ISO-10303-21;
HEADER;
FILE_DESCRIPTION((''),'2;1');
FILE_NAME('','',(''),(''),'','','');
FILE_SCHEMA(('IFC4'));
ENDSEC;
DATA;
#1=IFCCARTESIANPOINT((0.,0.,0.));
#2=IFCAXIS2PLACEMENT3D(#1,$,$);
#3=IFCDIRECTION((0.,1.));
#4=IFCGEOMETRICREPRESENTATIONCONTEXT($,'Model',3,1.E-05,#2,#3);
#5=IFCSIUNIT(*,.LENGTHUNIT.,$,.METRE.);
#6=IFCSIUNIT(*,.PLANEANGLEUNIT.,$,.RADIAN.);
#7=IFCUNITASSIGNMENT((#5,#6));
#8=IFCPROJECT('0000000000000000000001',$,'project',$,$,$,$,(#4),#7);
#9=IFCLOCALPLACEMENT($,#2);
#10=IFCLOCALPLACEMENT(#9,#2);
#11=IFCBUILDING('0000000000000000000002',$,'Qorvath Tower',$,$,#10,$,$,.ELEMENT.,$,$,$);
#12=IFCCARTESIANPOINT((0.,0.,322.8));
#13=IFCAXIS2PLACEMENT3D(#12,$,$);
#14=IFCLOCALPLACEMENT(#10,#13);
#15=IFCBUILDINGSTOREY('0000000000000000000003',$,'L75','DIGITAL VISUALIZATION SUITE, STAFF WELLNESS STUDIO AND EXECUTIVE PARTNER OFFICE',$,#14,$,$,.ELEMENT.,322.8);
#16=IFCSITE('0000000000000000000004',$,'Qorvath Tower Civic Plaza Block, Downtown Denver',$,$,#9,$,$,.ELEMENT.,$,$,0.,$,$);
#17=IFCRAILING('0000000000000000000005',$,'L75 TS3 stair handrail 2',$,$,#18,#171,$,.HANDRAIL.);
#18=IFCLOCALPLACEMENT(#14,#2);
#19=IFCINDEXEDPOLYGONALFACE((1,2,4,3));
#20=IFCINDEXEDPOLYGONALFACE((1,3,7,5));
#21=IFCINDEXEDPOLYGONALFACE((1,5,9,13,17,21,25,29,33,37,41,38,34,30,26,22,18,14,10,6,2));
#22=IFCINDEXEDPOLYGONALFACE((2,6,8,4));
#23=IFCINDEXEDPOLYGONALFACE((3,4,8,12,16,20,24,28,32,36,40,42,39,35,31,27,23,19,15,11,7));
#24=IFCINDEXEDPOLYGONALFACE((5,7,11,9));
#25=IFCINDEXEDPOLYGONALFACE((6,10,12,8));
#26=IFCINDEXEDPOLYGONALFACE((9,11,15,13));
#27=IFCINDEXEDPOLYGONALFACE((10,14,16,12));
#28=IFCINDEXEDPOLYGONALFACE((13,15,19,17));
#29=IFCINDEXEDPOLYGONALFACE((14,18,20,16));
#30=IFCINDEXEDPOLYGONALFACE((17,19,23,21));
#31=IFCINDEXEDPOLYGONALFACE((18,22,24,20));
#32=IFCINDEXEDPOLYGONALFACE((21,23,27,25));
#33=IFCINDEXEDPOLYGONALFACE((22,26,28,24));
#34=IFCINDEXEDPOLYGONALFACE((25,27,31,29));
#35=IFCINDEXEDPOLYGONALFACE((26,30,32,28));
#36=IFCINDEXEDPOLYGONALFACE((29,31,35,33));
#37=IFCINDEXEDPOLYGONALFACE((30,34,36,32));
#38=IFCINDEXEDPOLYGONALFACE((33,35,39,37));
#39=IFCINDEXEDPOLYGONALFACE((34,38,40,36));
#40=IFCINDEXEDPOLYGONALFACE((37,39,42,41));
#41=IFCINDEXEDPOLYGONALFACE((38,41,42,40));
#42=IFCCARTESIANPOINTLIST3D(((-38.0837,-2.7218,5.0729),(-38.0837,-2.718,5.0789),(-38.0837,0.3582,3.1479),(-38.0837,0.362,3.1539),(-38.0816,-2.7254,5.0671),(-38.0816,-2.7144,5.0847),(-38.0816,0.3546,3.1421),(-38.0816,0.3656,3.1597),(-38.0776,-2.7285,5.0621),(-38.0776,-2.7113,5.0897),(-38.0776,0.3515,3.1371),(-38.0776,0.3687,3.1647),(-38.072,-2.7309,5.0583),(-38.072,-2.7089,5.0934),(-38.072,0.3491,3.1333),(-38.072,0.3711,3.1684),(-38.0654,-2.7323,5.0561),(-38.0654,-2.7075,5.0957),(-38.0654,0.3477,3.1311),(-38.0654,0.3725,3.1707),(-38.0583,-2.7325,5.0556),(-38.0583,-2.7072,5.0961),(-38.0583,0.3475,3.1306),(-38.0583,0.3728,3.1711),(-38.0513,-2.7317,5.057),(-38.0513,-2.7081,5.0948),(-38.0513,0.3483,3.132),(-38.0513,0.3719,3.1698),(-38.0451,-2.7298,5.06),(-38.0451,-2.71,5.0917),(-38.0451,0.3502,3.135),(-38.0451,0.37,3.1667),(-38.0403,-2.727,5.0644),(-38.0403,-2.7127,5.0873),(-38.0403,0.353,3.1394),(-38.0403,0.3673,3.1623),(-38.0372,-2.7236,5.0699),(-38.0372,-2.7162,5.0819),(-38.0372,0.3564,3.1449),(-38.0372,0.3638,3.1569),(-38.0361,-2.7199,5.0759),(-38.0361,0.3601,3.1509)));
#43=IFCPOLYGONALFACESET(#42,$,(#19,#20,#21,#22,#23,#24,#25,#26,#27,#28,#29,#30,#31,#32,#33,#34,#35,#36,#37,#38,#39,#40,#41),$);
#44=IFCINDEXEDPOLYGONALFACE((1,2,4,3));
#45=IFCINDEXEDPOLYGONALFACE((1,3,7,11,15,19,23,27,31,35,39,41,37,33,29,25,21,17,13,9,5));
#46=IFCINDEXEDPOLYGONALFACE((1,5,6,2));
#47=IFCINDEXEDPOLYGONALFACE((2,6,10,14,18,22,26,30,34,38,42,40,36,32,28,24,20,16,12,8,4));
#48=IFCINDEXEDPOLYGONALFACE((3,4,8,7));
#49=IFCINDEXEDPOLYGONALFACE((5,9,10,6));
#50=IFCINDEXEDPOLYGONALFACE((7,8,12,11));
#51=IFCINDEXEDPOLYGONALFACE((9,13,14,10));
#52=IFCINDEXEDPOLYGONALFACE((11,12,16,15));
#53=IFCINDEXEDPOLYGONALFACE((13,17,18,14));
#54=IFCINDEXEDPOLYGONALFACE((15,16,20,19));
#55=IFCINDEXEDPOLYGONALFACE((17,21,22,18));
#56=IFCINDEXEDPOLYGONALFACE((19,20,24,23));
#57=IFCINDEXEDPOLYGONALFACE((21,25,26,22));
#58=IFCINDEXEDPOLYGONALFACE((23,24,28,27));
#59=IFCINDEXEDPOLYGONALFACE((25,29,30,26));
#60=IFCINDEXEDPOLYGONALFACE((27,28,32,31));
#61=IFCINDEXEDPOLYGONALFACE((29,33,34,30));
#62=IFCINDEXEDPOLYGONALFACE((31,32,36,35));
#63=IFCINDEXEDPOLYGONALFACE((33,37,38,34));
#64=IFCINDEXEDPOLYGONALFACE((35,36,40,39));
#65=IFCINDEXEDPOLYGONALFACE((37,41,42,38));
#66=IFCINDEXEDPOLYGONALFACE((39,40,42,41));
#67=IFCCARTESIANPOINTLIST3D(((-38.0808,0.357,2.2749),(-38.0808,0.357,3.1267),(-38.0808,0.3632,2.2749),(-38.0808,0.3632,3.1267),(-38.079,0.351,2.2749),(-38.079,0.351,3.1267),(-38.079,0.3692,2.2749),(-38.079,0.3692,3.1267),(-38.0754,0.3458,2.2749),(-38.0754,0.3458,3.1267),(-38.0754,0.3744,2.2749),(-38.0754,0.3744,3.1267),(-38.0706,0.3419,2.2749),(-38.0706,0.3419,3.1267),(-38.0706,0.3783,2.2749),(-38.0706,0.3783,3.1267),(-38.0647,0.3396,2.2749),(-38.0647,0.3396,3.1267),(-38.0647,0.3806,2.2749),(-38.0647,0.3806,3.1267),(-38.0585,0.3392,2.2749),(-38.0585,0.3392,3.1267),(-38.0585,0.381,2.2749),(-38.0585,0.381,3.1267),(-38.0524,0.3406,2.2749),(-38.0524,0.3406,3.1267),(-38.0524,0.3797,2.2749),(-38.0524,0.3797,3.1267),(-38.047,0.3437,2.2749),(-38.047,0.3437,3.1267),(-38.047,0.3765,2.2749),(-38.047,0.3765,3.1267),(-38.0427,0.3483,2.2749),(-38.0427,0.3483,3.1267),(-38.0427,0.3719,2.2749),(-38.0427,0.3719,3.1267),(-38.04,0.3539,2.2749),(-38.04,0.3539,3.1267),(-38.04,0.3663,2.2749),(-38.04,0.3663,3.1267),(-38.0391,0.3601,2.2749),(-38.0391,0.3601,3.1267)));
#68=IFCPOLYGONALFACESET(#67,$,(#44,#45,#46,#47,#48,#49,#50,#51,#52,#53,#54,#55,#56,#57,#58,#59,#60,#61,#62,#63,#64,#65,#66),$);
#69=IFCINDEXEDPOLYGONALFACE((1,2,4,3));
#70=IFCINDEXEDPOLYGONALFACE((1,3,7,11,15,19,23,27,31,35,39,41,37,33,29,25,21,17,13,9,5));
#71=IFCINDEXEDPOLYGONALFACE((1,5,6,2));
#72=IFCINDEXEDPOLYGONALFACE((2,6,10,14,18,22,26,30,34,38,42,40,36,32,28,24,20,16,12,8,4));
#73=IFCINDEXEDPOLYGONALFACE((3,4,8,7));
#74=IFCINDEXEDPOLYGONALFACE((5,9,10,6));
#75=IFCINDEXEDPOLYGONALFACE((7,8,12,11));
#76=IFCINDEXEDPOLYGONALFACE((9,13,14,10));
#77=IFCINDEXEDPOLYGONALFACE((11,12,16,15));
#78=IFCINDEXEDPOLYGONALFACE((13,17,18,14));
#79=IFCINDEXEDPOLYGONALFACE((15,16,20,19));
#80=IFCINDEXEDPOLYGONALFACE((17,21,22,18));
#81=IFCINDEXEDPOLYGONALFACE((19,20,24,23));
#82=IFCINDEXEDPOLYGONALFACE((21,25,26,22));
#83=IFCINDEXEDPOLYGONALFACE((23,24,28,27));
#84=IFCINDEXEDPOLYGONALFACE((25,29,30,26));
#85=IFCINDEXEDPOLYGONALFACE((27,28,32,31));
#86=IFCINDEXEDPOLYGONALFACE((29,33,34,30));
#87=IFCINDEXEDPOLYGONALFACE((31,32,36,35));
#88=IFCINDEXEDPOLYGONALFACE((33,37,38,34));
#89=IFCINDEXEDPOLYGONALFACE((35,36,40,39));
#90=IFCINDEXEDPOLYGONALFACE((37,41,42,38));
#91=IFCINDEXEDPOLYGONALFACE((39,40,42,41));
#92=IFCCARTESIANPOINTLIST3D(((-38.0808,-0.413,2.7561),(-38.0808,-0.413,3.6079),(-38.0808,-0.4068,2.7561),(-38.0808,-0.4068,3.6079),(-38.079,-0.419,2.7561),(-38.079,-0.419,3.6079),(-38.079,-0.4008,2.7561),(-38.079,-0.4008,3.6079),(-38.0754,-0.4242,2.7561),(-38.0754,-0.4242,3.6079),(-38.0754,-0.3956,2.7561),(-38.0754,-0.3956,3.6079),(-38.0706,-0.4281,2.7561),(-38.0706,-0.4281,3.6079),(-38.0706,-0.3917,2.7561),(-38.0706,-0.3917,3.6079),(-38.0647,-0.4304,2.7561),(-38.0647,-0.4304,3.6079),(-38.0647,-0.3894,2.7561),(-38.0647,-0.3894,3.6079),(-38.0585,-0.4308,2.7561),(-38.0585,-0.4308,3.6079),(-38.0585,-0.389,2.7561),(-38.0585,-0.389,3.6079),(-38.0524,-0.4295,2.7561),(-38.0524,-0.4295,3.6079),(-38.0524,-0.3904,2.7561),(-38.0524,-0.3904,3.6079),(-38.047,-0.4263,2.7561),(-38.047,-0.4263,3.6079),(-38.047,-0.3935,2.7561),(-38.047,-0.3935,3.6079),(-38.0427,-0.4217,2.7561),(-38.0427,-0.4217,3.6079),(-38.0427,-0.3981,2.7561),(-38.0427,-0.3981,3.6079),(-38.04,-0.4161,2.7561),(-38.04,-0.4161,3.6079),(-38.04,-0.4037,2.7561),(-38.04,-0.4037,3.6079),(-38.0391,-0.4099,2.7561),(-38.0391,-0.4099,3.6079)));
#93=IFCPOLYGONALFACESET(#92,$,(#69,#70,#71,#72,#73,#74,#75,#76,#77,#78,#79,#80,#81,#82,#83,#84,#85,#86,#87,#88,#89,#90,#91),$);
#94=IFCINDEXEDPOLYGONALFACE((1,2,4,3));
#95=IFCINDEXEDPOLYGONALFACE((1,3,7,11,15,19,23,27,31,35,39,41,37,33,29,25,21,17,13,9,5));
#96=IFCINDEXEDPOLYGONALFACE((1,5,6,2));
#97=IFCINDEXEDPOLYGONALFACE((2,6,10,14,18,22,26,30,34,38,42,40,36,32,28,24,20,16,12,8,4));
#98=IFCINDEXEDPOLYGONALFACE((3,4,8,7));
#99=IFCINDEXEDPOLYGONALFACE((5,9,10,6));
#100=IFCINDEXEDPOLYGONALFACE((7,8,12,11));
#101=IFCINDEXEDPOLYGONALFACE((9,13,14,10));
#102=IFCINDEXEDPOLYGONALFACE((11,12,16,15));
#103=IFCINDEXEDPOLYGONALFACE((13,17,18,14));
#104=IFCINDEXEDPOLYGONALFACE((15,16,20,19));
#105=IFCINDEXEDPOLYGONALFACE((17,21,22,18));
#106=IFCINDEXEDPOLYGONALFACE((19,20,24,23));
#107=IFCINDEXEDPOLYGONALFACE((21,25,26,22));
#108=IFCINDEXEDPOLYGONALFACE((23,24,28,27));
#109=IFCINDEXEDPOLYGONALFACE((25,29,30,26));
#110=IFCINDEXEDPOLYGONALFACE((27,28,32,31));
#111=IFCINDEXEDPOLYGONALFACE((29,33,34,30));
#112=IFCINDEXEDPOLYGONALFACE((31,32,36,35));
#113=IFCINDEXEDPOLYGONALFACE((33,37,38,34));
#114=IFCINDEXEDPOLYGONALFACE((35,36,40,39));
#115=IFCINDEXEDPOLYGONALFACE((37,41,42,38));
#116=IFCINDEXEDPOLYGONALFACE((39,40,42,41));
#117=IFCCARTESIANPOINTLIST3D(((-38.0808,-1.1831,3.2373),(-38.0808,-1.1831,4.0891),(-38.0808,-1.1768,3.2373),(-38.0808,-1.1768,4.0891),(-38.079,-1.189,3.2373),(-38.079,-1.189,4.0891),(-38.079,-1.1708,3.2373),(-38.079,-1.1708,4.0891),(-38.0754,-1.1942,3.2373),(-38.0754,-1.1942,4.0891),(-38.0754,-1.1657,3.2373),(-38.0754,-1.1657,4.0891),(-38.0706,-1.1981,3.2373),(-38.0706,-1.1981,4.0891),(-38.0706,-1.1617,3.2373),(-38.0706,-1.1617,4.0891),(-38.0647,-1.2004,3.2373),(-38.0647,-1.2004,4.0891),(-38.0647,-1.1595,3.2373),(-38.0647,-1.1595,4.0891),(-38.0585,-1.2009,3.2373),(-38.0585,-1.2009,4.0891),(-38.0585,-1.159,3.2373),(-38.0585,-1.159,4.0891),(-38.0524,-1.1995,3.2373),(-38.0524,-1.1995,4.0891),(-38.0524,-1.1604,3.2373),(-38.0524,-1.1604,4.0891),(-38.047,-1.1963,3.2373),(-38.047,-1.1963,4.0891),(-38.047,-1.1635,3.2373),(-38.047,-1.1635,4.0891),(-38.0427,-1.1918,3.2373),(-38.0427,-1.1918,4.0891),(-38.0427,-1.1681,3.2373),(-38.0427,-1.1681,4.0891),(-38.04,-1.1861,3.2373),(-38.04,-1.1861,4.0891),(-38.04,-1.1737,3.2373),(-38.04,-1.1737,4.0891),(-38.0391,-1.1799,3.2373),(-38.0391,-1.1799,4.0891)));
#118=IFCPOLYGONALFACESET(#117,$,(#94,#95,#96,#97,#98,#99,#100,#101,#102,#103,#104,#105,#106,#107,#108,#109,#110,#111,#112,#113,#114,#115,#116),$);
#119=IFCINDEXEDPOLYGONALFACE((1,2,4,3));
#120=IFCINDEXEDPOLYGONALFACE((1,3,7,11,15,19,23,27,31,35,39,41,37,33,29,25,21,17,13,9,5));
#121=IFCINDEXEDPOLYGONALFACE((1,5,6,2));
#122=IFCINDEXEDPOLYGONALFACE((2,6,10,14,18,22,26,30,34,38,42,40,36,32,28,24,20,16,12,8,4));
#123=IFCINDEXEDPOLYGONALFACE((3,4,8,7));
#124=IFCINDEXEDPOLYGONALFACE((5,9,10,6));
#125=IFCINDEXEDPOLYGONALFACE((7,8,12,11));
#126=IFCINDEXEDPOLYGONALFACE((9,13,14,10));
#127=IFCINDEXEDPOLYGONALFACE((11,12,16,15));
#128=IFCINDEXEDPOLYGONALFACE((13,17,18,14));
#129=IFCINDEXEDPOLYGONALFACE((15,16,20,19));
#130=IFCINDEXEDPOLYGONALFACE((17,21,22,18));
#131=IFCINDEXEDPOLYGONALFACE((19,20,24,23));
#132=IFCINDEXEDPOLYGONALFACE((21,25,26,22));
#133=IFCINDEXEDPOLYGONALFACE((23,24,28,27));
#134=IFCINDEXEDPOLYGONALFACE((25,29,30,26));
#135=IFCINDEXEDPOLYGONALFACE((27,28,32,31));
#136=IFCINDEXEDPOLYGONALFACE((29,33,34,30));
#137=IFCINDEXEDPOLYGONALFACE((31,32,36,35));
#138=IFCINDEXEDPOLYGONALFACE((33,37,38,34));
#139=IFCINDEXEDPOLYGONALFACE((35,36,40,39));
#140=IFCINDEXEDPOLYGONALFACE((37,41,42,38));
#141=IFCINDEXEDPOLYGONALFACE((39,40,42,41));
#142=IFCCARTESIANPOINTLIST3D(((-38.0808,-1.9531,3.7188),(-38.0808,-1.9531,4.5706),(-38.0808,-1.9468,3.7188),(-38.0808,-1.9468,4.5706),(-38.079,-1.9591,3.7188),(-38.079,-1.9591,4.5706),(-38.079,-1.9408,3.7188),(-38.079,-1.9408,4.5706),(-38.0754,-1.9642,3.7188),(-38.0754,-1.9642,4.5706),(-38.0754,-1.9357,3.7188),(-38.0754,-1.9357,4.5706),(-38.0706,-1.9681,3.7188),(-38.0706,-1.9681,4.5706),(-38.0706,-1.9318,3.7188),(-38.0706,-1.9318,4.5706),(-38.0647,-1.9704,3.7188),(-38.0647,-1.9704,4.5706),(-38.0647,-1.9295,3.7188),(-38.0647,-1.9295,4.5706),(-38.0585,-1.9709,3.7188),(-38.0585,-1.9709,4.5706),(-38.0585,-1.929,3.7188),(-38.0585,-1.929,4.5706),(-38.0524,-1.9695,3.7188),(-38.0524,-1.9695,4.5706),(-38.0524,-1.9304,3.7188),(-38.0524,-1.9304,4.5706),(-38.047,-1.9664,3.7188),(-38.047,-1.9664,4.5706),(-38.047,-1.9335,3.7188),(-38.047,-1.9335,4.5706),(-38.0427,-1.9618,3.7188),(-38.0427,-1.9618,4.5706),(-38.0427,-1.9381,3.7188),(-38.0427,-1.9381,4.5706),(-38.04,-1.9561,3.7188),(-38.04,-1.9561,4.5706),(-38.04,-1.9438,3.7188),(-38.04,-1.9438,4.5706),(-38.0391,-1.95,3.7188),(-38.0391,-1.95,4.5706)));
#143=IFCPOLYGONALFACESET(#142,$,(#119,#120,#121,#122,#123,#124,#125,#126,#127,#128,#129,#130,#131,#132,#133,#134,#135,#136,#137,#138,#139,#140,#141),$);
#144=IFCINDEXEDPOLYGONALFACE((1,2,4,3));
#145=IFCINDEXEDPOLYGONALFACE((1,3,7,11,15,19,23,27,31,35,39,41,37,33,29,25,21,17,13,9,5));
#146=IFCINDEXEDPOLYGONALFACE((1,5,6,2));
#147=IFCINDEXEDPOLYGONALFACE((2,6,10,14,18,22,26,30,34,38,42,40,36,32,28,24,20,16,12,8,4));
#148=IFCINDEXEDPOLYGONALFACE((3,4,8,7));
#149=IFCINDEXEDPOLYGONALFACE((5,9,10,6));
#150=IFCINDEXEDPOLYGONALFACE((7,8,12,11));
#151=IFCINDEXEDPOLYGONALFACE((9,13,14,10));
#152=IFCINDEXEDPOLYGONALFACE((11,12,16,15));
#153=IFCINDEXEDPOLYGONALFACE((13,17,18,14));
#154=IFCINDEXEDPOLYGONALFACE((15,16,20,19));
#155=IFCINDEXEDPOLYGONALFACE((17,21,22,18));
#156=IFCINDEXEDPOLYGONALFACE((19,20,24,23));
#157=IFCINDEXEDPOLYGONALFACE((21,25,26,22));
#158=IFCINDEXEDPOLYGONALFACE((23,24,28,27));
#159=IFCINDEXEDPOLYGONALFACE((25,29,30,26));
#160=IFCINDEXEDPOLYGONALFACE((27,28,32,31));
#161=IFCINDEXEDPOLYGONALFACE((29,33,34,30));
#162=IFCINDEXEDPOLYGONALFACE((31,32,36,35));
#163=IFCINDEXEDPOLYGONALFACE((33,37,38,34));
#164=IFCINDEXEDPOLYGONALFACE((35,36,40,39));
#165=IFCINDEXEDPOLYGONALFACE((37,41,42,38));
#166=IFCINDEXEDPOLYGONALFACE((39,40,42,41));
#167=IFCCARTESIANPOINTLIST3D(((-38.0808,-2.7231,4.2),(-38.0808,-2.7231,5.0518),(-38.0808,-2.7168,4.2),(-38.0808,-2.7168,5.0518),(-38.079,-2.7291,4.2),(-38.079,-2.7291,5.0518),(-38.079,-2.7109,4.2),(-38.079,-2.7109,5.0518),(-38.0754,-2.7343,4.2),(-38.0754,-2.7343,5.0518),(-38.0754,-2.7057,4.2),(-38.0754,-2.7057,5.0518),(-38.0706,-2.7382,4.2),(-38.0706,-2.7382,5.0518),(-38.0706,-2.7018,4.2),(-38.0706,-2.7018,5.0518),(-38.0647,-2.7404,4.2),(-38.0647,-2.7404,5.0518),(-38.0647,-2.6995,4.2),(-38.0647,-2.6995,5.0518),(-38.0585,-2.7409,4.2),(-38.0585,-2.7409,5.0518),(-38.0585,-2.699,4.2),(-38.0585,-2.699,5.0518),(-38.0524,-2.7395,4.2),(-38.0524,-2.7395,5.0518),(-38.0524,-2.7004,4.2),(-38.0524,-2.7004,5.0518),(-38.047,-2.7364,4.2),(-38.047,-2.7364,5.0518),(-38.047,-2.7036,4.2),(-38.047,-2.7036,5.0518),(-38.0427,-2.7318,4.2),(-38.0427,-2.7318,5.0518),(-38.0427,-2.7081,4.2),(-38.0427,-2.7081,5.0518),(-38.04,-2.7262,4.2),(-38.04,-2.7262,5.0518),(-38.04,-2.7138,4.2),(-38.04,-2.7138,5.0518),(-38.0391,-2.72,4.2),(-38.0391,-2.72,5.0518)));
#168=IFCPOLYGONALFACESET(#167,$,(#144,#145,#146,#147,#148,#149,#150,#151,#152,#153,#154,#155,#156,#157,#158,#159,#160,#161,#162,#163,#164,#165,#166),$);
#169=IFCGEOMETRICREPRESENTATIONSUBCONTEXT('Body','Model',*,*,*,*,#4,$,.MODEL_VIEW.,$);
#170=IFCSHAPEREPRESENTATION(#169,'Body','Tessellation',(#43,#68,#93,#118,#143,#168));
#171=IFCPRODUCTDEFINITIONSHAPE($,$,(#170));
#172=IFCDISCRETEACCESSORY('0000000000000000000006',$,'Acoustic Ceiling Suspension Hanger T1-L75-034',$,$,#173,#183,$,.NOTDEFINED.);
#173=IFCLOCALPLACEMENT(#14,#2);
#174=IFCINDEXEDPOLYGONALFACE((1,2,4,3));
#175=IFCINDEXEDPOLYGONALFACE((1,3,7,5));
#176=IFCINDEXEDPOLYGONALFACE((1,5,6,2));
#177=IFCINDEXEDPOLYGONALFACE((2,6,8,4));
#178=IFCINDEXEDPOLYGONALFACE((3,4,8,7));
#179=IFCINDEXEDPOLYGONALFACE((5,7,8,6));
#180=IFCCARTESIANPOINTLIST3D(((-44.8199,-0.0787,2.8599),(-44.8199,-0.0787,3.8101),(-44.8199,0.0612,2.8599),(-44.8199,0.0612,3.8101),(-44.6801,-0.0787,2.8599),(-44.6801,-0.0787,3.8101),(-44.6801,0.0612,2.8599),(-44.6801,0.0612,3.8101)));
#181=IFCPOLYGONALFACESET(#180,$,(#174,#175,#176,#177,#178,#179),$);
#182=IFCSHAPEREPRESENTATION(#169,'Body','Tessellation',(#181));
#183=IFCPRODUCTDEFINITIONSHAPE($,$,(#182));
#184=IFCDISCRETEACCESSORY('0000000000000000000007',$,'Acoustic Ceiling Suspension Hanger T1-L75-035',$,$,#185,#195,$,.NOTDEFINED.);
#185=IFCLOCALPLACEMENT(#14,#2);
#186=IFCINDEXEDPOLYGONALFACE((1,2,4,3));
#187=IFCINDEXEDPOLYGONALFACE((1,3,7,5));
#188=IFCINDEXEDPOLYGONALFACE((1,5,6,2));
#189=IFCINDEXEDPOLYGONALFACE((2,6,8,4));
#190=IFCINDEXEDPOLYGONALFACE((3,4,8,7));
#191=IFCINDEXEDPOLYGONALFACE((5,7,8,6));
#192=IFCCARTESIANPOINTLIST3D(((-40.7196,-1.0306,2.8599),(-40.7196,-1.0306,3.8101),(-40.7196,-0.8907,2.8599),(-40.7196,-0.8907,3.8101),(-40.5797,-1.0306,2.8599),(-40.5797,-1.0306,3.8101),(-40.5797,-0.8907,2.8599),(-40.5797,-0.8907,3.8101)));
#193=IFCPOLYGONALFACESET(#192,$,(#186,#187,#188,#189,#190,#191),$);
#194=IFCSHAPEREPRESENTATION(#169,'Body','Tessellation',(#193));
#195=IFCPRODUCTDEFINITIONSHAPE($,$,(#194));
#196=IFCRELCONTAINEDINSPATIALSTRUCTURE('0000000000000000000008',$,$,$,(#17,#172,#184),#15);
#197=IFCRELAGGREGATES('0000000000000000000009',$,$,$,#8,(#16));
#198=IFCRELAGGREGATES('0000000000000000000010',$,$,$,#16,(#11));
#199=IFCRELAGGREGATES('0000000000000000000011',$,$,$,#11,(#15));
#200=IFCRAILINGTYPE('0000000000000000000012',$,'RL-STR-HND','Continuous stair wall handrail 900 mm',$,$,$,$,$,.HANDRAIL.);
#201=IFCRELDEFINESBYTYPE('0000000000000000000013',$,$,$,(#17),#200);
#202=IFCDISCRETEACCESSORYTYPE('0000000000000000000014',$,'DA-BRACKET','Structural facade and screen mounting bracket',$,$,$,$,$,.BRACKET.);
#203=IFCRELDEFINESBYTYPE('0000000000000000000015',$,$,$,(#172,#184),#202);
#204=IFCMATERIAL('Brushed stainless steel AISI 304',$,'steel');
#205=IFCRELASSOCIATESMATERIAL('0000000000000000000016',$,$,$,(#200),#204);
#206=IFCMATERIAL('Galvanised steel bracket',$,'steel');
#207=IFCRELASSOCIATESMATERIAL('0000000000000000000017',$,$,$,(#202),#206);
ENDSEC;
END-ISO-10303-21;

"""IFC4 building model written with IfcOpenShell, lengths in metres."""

from ifc_helpers import new_model, si_unit, direction, frame, origin, origin_2d, place, context, subcontext, project, spatial, rectangle, circle, extrude, material, type_object, element, save


model = new_model("IFC4")

# Units and contexts
model_context = context("Model", 3, precision=1e-05, world=origin(), true_north=direction((0.0, 1.0)))
body_context = subcontext(model_context, "Body", "Model", "MODEL_VIEW")
ifc_project = project(units=[si_unit("LENGTHUNIT", "METRE"), si_unit("PLANEANGLEUNIT", "RADIAN")], contexts=[model_context])

# Site, building, storey
site_placement = place(None, origin())
site = spatial("IfcSite", under=ifc_project, at=site_placement, Name="Qorvath Tower Civic Plaza Block, Downtown Denver", CompositionType="ELEMENT", RefElevation=0.0)
building_placement = place(site_placement, origin())
building = spatial("IfcBuilding", under=site, at=building_placement, Name="Qorvath Tower", CompositionType="ELEMENT")
storey_placement = place(building_placement, frame((0.0, 0.0, 322.8)))
storey = spatial("IfcBuildingStorey", under=building, at=storey_placement, Name="L75", Description="DIGITAL VISUALIZATION SUITE, STAFF WELLNESS STUDIO AND EXECUTIVE PARTNER OFFICE", CompositionType="ELEMENT", Elevation=322.8)

# Railing
ifc_material_1 = material(Name="Brushed stainless steel AISI 304", Category="steel")
railing_type_1 = type_object("IfcRailingType", Name="RL-STR-HND", Description="Continuous stair wall handrail 900 mm", PredefinedType="HANDRAIL", material=ifc_material_1)
railing_1_placement = place(storey_placement, frame((-38.0601, 0.3601, 2.2749)))
element("IfcRailing", 1, at=railing_1_placement, inside=storey, type_object=railing_type_1, Name="L75 TS3 stair handrail 2", PredefinedType="HANDRAIL", context=body_context, shape_type="SweptSolid", body=[
    extrude(circle(Radius=0.0239, at=origin_2d()), frame((0.0, 0.0, 0.876), z_axis=(0.0, -0.847998, 0.529999), x_axis=(1.0, 0.0, 0.0)), (0.0, 0.0, 1.0), 3.6321),
    extrude(circle(Radius=0.021, at=origin_2d()), origin(), (0.0, 0.0, 1.0), 0.8518),
    extrude(circle(Radius=0.021, at=origin_2d()), frame((0.0, -0.77, 0.4812)), (0.0, 0.0, 1.0), 0.8518),
    extrude(circle(Radius=0.021, at=origin_2d()), frame((0.0, -1.54, 0.9624)), (0.0, 0.0, 1.0), 0.8518),
    extrude(circle(Radius=0.021, at=origin_2d()), frame((0.0, -2.3101, 1.4438)), (0.0, 0.0, 1.0), 0.8518),
    extrude(circle(Radius=0.021, at=origin_2d()), frame((0.0, -3.0801, 1.925)), (0.0, 0.0, 1.0), 0.8518),
])

# Discrete accessories
ifc_material_2 = material(Name="Galvanised steel bracket", Category="steel")
discrete_accessory_type = type_object("IfcDiscreteAccessoryType", Name="DA-BRACKET", Description="Structural facade and screen mounting bracket", PredefinedType="BRACKET", material=ifc_material_2)
for number, where, z_axis, x_axis, name in (
    (2, (-44.75, -0.0088, 2.8599), (0.0, 0.0, 1.0), (1.0, 0.0, 0.0), "Acoustic Ceiling Suspension Hanger T1-L75-034"),
    (3, (-40.6497, -0.9607, 2.8599), (0.0, 0.0, 1.0), (1.0, 0.0, 0.0), "Acoustic Ceiling Suspension Hanger T1-L75-035"),
):
    element("IfcDiscreteAccessory", number, at=place(storey_placement, frame(where, z_axis=z_axis, x_axis=x_axis)), inside=storey, type_object=discrete_accessory_type, Name=name, PredefinedType="NOTDEFINED", context=body_context, shape_type="SweptSolid", body=[
        extrude(rectangle(XDim=0.1399, YDim=0.1399, at=origin_2d()), origin(), (0.0, 0.0, 1.0), 0.9502),
    ])

save(model, "model.ifc")
